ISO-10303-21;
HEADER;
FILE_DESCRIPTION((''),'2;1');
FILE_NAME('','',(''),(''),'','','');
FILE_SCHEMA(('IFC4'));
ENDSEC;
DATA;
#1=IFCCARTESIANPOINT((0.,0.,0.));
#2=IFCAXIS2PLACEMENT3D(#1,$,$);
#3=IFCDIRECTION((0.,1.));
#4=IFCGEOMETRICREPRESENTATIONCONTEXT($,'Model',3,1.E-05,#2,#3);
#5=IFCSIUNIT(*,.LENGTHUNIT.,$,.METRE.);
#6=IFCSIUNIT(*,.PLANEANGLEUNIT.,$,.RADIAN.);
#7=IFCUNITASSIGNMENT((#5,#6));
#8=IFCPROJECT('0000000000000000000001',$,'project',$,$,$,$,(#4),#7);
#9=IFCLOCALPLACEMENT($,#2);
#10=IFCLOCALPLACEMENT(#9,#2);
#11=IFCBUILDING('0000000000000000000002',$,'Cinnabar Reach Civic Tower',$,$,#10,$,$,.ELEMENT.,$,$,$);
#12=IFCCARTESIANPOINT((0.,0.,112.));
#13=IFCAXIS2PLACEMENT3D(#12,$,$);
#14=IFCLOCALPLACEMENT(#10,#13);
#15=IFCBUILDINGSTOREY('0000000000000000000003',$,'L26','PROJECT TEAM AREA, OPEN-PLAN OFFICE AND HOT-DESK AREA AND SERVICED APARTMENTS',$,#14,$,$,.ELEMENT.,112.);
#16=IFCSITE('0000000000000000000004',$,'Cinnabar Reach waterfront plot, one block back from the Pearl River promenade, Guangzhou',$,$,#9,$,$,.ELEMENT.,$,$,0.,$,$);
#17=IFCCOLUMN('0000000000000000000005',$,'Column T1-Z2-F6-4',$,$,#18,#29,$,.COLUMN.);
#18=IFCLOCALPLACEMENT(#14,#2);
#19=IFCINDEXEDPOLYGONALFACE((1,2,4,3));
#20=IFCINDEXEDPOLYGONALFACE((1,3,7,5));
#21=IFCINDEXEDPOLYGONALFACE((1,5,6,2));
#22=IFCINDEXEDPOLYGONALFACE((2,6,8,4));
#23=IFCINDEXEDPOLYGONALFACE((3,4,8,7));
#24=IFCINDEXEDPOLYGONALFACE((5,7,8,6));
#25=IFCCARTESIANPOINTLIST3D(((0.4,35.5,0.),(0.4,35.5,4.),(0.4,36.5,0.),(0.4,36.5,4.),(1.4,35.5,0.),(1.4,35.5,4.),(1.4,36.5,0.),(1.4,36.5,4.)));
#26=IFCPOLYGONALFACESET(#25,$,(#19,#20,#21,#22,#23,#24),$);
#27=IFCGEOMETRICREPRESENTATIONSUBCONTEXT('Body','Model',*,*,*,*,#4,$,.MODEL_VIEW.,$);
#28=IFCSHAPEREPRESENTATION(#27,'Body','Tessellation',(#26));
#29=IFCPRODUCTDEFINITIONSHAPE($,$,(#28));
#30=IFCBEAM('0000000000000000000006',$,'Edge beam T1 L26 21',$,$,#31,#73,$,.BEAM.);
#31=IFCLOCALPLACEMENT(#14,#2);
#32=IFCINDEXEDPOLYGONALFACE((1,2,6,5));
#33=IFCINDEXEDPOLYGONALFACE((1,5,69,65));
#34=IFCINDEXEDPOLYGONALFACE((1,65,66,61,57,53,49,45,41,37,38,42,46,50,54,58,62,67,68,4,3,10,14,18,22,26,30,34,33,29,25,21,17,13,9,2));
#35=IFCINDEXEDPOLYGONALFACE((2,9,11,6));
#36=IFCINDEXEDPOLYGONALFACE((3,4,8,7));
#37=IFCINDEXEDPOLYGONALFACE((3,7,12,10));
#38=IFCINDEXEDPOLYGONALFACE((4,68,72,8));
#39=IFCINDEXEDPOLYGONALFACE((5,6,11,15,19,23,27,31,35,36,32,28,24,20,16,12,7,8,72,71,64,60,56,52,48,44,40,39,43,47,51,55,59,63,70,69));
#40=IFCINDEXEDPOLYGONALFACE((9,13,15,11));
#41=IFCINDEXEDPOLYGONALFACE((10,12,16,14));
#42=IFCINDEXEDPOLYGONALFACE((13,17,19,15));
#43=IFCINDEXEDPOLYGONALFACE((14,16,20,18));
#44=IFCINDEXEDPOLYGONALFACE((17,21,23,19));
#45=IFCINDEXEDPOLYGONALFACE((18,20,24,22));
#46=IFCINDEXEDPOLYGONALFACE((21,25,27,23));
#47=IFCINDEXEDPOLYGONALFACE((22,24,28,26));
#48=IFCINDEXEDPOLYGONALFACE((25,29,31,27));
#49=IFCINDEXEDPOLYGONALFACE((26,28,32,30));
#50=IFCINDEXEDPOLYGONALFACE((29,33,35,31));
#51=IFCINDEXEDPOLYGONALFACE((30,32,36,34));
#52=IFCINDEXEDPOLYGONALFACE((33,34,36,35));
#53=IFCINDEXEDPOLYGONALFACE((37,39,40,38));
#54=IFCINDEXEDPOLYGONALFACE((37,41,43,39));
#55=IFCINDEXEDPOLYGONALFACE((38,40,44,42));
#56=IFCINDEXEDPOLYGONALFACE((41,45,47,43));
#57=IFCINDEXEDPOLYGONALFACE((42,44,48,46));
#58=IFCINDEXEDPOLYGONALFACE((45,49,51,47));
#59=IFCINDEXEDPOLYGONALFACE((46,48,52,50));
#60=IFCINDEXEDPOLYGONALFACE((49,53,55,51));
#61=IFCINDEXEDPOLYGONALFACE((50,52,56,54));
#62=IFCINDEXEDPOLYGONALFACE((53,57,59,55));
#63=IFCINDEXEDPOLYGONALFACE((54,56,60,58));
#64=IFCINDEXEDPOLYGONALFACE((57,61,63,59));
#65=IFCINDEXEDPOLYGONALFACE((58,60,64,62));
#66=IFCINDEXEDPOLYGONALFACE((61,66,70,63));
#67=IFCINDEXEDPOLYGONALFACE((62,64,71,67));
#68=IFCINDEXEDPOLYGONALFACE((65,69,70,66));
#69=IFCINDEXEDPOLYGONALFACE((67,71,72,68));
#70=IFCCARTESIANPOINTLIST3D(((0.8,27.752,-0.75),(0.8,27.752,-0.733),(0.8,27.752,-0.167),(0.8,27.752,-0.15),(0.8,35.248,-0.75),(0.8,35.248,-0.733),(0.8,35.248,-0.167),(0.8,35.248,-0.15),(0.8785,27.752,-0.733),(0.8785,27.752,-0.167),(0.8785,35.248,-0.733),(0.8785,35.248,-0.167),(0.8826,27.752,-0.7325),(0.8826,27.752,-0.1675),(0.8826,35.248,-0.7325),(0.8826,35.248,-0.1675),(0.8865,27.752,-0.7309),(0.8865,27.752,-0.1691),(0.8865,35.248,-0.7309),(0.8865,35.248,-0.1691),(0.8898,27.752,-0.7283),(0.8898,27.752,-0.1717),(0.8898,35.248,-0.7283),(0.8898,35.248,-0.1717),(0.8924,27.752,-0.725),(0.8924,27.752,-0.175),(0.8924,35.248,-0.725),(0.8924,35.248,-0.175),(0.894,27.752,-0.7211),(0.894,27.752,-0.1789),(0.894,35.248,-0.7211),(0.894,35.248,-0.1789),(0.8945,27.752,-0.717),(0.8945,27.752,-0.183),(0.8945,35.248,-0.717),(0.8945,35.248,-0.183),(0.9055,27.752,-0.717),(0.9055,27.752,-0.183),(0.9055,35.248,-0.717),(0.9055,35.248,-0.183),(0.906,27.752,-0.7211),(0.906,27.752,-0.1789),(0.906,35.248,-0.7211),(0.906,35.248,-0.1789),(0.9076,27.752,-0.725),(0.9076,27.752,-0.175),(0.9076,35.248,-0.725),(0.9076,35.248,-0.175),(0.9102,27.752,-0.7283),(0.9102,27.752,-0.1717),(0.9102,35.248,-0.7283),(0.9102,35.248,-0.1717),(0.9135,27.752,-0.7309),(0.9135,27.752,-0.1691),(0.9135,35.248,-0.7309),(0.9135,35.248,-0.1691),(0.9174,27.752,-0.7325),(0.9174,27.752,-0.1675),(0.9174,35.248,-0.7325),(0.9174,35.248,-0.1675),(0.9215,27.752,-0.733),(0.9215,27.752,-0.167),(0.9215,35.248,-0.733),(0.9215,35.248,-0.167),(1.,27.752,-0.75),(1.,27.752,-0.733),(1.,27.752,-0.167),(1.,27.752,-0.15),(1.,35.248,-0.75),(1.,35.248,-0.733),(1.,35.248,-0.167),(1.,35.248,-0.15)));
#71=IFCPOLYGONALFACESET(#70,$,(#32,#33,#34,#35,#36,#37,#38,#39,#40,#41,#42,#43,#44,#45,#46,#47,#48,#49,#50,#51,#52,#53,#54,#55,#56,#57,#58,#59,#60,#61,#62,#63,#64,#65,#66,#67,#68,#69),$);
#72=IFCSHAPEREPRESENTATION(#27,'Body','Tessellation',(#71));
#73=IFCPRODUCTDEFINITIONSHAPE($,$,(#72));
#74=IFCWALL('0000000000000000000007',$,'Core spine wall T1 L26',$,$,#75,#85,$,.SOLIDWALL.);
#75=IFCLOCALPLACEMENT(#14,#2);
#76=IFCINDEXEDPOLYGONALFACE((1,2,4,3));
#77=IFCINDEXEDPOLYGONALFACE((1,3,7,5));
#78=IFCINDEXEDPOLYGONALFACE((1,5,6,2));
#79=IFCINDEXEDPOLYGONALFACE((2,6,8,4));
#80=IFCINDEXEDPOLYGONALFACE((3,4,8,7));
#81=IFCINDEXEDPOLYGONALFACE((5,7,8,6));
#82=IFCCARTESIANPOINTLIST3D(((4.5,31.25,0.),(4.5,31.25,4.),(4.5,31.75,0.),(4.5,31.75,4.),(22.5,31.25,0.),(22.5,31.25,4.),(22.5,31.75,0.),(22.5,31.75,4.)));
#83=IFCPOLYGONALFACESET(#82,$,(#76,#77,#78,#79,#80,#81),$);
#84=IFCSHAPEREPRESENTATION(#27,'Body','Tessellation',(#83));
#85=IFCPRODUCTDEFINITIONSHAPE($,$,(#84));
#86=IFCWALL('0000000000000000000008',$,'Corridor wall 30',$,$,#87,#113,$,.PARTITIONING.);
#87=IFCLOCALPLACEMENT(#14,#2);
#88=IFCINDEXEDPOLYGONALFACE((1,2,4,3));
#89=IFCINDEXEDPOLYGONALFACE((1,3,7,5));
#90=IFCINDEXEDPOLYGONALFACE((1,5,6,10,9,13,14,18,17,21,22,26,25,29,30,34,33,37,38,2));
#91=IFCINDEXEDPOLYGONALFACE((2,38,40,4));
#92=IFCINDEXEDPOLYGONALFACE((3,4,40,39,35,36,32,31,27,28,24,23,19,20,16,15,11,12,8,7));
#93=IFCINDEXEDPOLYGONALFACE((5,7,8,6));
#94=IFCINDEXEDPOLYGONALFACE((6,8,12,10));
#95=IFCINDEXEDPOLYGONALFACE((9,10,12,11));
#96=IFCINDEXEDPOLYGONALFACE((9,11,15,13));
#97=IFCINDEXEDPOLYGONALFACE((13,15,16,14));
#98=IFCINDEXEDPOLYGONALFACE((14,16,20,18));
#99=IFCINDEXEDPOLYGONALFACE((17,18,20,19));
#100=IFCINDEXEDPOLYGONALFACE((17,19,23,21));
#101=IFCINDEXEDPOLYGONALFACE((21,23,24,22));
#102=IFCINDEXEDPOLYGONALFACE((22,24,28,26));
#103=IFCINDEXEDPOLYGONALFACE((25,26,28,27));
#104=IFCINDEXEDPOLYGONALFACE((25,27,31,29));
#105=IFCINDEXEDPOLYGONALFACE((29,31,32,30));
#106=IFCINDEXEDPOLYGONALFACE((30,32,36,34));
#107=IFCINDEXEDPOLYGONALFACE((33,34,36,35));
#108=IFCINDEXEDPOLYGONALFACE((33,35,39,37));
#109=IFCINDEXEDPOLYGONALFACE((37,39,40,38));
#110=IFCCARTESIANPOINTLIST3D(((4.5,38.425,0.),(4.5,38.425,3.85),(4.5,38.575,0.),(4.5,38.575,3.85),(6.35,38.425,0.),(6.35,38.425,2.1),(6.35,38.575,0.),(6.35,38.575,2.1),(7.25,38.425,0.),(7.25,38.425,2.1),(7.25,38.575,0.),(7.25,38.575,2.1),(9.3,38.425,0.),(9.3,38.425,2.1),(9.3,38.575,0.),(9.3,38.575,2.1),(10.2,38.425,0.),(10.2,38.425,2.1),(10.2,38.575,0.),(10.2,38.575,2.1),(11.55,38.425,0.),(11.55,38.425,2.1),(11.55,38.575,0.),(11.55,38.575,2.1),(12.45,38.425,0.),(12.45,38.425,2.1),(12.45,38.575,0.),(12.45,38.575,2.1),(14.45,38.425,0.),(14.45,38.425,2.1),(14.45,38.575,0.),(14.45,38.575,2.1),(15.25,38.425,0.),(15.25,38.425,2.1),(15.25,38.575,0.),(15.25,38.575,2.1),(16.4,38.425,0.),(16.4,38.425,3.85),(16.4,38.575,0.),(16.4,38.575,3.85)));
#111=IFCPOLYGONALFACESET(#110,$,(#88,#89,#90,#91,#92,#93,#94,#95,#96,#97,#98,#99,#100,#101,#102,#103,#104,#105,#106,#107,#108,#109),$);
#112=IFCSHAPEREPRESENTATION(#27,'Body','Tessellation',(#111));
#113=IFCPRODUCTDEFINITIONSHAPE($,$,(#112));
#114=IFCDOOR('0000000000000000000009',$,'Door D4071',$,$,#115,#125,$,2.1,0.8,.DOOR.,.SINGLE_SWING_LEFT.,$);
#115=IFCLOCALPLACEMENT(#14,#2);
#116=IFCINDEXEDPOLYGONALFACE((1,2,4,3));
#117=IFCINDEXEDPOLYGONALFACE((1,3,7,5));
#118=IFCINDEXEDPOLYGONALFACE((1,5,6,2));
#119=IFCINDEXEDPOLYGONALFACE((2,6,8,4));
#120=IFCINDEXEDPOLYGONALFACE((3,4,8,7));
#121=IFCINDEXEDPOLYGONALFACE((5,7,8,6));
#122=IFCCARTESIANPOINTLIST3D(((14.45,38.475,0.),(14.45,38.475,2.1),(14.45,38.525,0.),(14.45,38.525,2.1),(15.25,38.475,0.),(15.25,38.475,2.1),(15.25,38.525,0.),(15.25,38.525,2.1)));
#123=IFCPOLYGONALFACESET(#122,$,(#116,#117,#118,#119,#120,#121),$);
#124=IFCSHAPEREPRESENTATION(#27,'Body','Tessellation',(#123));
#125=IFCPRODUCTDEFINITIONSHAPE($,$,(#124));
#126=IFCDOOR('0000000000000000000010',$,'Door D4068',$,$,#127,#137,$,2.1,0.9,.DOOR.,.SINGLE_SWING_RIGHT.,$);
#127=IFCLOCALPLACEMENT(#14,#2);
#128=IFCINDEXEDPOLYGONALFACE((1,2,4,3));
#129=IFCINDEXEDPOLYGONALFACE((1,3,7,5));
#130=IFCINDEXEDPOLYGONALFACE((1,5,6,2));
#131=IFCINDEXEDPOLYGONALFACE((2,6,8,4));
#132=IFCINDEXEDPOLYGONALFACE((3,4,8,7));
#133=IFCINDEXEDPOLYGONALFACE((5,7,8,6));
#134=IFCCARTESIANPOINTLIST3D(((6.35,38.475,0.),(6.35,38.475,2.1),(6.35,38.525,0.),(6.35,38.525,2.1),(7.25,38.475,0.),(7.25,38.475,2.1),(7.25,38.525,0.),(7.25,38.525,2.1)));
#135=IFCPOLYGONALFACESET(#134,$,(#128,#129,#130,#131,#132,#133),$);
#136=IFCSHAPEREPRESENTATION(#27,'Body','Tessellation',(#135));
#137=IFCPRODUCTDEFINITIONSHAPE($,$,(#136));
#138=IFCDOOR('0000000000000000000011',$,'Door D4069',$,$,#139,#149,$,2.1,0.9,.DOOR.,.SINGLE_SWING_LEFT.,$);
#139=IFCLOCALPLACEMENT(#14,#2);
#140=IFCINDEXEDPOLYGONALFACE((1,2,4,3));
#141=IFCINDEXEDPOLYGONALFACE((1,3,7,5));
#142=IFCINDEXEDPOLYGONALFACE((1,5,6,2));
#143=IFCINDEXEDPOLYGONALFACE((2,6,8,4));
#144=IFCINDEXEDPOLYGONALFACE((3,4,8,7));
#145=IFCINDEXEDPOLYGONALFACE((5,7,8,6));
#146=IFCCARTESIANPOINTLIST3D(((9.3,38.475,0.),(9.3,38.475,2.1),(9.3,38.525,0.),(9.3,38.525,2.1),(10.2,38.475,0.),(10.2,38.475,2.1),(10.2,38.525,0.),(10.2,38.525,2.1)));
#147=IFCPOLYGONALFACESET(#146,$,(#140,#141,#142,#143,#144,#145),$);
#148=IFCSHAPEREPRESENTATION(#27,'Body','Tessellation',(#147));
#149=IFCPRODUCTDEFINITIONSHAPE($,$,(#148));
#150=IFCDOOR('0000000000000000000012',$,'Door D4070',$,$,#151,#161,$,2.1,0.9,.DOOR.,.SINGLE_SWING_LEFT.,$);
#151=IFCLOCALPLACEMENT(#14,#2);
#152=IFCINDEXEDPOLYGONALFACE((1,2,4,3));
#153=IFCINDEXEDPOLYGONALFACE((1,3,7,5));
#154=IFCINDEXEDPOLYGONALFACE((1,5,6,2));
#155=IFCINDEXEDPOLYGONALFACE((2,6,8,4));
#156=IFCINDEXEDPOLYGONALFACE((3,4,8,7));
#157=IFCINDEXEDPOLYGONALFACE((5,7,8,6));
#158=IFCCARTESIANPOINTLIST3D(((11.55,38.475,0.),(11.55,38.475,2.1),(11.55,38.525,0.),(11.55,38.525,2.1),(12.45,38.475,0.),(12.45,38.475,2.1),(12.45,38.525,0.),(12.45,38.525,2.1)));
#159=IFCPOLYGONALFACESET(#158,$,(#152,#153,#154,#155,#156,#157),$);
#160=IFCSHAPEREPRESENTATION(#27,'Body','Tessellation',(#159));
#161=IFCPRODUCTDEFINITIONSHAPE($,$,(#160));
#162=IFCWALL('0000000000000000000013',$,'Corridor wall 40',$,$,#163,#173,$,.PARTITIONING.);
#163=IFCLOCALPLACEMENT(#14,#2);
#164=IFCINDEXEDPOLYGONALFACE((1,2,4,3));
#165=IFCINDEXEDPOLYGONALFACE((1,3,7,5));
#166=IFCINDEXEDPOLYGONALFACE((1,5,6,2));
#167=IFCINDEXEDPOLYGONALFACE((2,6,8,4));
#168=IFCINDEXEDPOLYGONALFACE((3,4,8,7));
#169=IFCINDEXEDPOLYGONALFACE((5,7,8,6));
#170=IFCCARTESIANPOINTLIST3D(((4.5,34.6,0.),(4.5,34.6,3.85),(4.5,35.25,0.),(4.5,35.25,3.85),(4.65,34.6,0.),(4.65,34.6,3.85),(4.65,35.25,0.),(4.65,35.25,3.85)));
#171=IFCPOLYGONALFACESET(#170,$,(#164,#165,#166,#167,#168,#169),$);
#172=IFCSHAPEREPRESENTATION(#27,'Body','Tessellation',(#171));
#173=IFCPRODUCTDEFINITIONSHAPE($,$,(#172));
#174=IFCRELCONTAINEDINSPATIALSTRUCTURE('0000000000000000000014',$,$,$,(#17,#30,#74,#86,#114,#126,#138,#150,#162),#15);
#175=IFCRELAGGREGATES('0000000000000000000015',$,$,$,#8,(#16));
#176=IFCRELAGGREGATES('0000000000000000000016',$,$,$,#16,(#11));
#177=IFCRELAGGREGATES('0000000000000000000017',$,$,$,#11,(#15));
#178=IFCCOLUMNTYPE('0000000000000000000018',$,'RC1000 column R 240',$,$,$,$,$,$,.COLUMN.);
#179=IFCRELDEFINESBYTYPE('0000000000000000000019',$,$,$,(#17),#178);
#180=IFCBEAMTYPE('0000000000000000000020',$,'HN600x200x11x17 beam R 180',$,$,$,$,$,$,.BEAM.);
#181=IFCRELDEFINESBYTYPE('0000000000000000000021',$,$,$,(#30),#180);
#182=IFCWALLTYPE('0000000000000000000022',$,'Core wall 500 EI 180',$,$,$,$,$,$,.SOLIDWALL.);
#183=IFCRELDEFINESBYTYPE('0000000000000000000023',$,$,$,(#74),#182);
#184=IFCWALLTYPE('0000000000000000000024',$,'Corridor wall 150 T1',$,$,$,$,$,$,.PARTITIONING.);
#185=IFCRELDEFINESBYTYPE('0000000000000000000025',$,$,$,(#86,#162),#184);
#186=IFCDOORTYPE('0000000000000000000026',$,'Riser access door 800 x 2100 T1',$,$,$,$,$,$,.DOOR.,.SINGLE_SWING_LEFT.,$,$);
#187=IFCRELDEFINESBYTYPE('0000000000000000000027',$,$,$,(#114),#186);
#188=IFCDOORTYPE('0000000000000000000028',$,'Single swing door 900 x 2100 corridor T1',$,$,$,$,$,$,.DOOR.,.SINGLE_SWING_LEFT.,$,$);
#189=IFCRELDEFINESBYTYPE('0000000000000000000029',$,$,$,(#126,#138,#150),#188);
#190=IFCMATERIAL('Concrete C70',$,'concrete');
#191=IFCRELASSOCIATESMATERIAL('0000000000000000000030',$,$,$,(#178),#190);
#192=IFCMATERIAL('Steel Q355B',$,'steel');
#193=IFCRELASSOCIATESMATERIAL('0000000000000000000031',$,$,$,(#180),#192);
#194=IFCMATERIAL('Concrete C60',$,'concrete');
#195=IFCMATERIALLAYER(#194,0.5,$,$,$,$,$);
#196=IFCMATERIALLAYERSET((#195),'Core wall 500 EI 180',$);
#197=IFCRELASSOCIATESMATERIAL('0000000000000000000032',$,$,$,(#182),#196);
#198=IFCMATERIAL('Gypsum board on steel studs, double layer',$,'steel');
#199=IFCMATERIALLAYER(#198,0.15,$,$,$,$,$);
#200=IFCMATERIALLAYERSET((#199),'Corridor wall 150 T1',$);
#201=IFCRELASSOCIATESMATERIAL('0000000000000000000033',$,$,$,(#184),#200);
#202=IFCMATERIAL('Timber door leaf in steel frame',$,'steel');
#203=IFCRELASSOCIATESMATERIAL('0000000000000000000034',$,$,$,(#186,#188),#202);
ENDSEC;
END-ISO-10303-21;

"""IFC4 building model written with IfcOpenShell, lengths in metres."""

from ifc_helpers import new_model, si_unit, direction, frame, frame_2d, origin, origin_2d, place, context, subcontext, project, spatial, rectangle, i_section, extrude, material, layer, layer_set, material_profile, profile_set, type_object, element, fill, save


model = new_model("IFC4")

# Units and contexts
model_context = context("Model", 3, precision=1e-05, world=origin(), true_north=direction((0.0, 1.0)))
body_context = subcontext(model_context, "Body", "Model", "MODEL_VIEW")
ifc_project = project(units=[si_unit("LENGTHUNIT", "METRE"), si_unit("PLANEANGLEUNIT", "RADIAN")], contexts=[model_context])

# Site, building, storey
site_placement = place(None, origin())
site = spatial("IfcSite", under=ifc_project, at=site_placement, Name="Cinnabar Reach waterfront plot, one block back from the Pearl River promenade, Guangzhou", CompositionType="ELEMENT", RefElevation=0.0)
building_placement = place(site_placement, origin())
building = spatial("IfcBuilding", under=site, at=building_placement, Name="Cinnabar Reach Civic Tower", CompositionType="ELEMENT")
storey_placement = place(building_placement, frame((0.0, 0.0, 112.0)))
storey = spatial("IfcBuildingStorey", under=building, at=storey_placement, Name="L26", Description="PROJECT TEAM AREA, OPEN-PLAN OFFICE AND HOT-DESK AREA AND SERVICED APARTMENTS", CompositionType="ELEMENT", Elevation=112.0)

# Column
ifc_material_1 = material(Name="Concrete C70", Category="concrete")
ifc_material_profile_1 = material_profile(ifc_material_1, rectangle(XDim=1.0, YDim=1.0, at=origin_2d()), Name="RC1000")
ifc_profile_set_1 = profile_set([ifc_material_profile_1], Name="Concrete C70")
column_type = type_object("IfcColumnType", Name="RC1000 column R 240", PredefinedType="COLUMN", material=ifc_profile_set_1)
column_placement = place(storey_placement, frame((0.9, 36.0, 0.0), z_axis=(0.0, 0.0, 1.0), x_axis=(1.0, 0.0, 0.0)))
element("IfcColumn", 1, at=column_placement, inside=storey, type_object=column_type, Name="Column T1-Z2-F6-4", PredefinedType="COLUMN", context=body_context, shape_type="SweptSolid", body=[
    extrude(rectangle(XDim=1.0, YDim=1.0, at=origin_2d()), origin(), (0.0, 0.0, 1.0), 4.0),
])

# Beam
ifc_material_2 = material(Name="Steel Q355B", Category="steel")
ifc_material_profile_2 = material_profile(ifc_material_2, i_section(OverallWidth=0.2, OverallDepth=0.6, WebThickness=0.011, FlangeThickness=0.017, FilletRadius=0.016, at=origin_2d()), Name="HN600x200x11x17")
ifc_profile_set_2 = profile_set([ifc_material_profile_2], Name="Steel Q355B")
beam_type = type_object("IfcBeamType", Name="HN600x200x11x17 beam R 180", PredefinedType="BEAM", material=ifc_profile_set_2)
beam_placement = place(storey_placement, frame((0.9, 35.248, -0.45), z_axis=(0.0, -1.0, 0.0), x_axis=(1.0, 0.0, 0.0)))
element("IfcBeam", 2, at=beam_placement, inside=storey, type_object=beam_type, Name="Edge beam T1 L26 21", PredefinedType="BEAM", context=body_context, shape_type="SweptSolid", body=[
    extrude(i_section(OverallWidth=0.2, OverallDepth=0.6, WebThickness=0.011, FlangeThickness=0.017, FilletRadius=0.016, at=origin_2d()), origin(), (0.0, 0.0, 1.0), 7.496),
])

# Wall
ifc_material_3 = material(Name="Concrete C60", Category="concrete")
ifc_layer_1 = layer(ifc_material_3, 0.5)
ifc_layer_set_1 = layer_set([ifc_layer_1], Name="Core wall 500 EI 180")
wall_type_1 = type_object("IfcWallType", Name="Core wall 500 EI 180", PredefinedType="SOLIDWALL", material=ifc_layer_set_1)
wall_1_placement = place(storey_placement, frame((4.5, 31.5, 0.0), z_axis=(0.0, 0.0, 1.0), x_axis=(1.0, 0.0, 0.0)))
element("IfcWall", 3, at=wall_1_placement, inside=storey, type_object=wall_type_1, Name="Core spine wall T1 L26", PredefinedType="SOLIDWALL", context=body_context, shape_type="SweptSolid", body=[
    extrude(rectangle(XDim=18.0, YDim=0.5, at=frame_2d((9.0, 0.0))), origin(), (0.0, 0.0, 1.0), 4.0),
])

# Wall, openings, doors
ifc_material_4 = material(Name="Gypsum board on steel studs, double layer", Category="steel")
ifc_layer_2 = layer(ifc_material_4, 0.15)
ifc_layer_set_2 = layer_set([ifc_layer_2], Name="Corridor wall 150 T1")
wall_type_2 = type_object("IfcWallType", Name="Corridor wall 150 T1", PredefinedType="PARTITIONING", material=ifc_layer_set_2)
wall_2_placement = place(storey_placement, frame((4.5, 38.5, 0.0), z_axis=(0.0, 0.0, 1.0), x_axis=(1.0, 0.0, 0.0)))
wall_2 = element("IfcWall", 4, at=wall_2_placement, inside=storey, type_object=wall_type_2, Name="Corridor wall 30", PredefinedType="PARTITIONING", context=body_context, shape_type="SweptSolid", body=[
    extrude(rectangle(XDim=11.9, YDim=0.15, at=frame_2d((5.95, 0.0))), origin(), (0.0, 0.0, 1.0), 3.85),
])
opening_1_placement = place(wall_2_placement, frame((1.85, 0.0, 0.0)))
opening_1 = element("IfcOpeningElement", 5, at=opening_1_placement, cuts=wall_2, PredefinedType="OPENING", context=body_context, shape_type="SweptSolid", body=[
    extrude(rectangle(XDim=0.9, YDim=2.1, at=frame_2d((0.45, 1.05))), frame((0.0, 0.085, 0.0), z_axis=(0.0, -1.0, 0.0), x_axis=(1.0, 0.0, 0.0)), (0.0, 0.0, 1.0), 0.17),
])
opening_2_placement = place(wall_2_placement, frame((4.8, 0.0, 0.0)))
opening_2 = element("IfcOpeningElement", 6, at=opening_2_placement, cuts=wall_2, PredefinedType="OPENING", context=body_context, shape_type="SweptSolid", body=[
    extrude(rectangle(XDim=0.9, YDim=2.1, at=frame_2d((0.45, 1.05))), frame((0.0, 0.085, 0.0), z_axis=(0.0, -1.0, 0.0), x_axis=(1.0, 0.0, 0.0)), (0.0, 0.0, 1.0), 0.17),
])
opening_3_placement = place(wall_2_placement, frame((7.05, 0.0, 0.0)))
opening_3 = element("IfcOpeningElement", 7, at=opening_3_placement, cuts=wall_2, PredefinedType="OPENING", context=body_context, shape_type="SweptSolid", body=[
    extrude(rectangle(XDim=0.9, YDim=2.1, at=frame_2d((0.45, 1.05))), frame((0.0, 0.085, 0.0), z_axis=(0.0, -1.0, 0.0), x_axis=(1.0, 0.0, 0.0)), (0.0, 0.0, 1.0), 0.17),
])
opening_4_placement = place(wall_2_placement, frame((9.95, 0.0, 0.0)))
opening_4 = element("IfcOpeningElement", 8, at=opening_4_placement, cuts=wall_2, PredefinedType="OPENING", context=body_context, shape_type="SweptSolid", body=[
    extrude(rectangle(XDim=0.8, YDim=2.1, at=frame_2d((0.4, 1.05))), frame((0.0, 0.085, 0.0), z_axis=(0.0, -1.0, 0.0), x_axis=(1.0, 0.0, 0.0)), (0.0, 0.0, 1.0), 0.17),
])
ifc_material_5 = material(Name="Timber door leaf in steel frame", Category="steel")
door_type_1 = type_object("IfcDoorType", Name="Riser access door 800 x 2100 T1", OperationType="SINGLE_SWING_LEFT", PredefinedType="DOOR", material=ifc_material_5)
door_1_placement = place(opening_4_placement, origin())
door_1 = element("IfcDoor", 9, at=door_1_placement, inside=storey, type_object=door_type_1, Name="Door D4071", OperationType="SINGLE_SWING_LEFT", OverallHeight=2.1, OverallWidth=0.8, PredefinedType="DOOR", context=body_context, shape_type="SweptSolid", body=[
    extrude(rectangle(XDim=0.8, YDim=2.1, at=frame_2d((0.4, 1.05))), frame((0.0, 0.025, 0.0), z_axis=(0.0, -1.0, 0.0), x_axis=(1.0, 0.0, 0.0)), (0.0, 0.0, 1.0), 0.05),
])
fill(opening_4, door_1)
door_type_2 = type_object("IfcDoorType", Name="Single swing door 900 x 2100 corridor T1", OperationType="SINGLE_SWING_LEFT", PredefinedType="DOOR", material=ifc_material_5)
door_2_placement = place(opening_1_placement, origin())
door_2 = element("IfcDoor", 10, at=door_2_placement, inside=storey, type_object=door_type_2, Name="Door D4068", OperationType="SINGLE_SWING_RIGHT", OverallHeight=2.1, OverallWidth=0.9, PredefinedType="DOOR", context=body_context, shape_type="SweptSolid", body=[
    extrude(rectangle(XDim=0.9, YDim=2.1, at=frame_2d((0.45, 1.05))), frame((0.0, 0.025, 0.0), z_axis=(0.0, -1.0, 0.0), x_axis=(1.0, 0.0, 0.0)), (0.0, 0.0, 1.0), 0.05),
])
fill(opening_1, door_2)
door_3_placement = place(opening_2_placement, origin())
door_3 = element("IfcDoor", 11, at=door_3_placement, inside=storey, type_object=door_type_2, Name="Door D4069", OperationType="SINGLE_SWING_LEFT", OverallHeight=2.1, OverallWidth=0.9, PredefinedType="DOOR", context=body_context, shape_type="SweptSolid", body=[
    extrude(rectangle(XDim=0.9, YDim=2.1, at=frame_2d((0.45, 1.05))), frame((0.0, 0.025, 0.0), z_axis=(0.0, -1.0, 0.0), x_axis=(1.0, 0.0, 0.0)), (0.0, 0.0, 1.0), 0.05),
])
fill(opening_2, door_3)
door_4_placement = place(opening_3_placement, origin())
door_4 = element("IfcDoor", 12, at=door_4_placement, inside=storey, type_object=door_type_2, Name="Door D4070", OperationType="SINGLE_SWING_LEFT", OverallHeight=2.1, OverallWidth=0.9, PredefinedType="DOOR", context=body_context, shape_type="SweptSolid", body=[
    extrude(rectangle(XDim=0.9, YDim=2.1, at=frame_2d((0.45, 1.05))), frame((0.0, 0.025, 0.0), z_axis=(0.0, -1.0, 0.0), x_axis=(1.0, 0.0, 0.0)), (0.0, 0.0, 1.0), 0.05),
])
fill(opening_3, door_4)

# Wall
wall_3_placement = place(storey_placement, frame((4.575, 34.6, 0.0), z_axis=(0.0, 0.0, 1.0), x_axis=(0.0, 1.0, 0.0)))
element("IfcWall", 13, at=wall_3_placement, inside=storey, type_object=wall_type_2, Name="Corridor wall 40", PredefinedType="PARTITIONING", context=body_context, shape_type="SweptSolid", body=[
    extrude(rectangle(XDim=0.65, YDim=0.15, at=frame_2d((0.325, 0.0))), origin(), (0.0, 0.0, 1.0), 3.85),
])

save(model, "model.ifc")
